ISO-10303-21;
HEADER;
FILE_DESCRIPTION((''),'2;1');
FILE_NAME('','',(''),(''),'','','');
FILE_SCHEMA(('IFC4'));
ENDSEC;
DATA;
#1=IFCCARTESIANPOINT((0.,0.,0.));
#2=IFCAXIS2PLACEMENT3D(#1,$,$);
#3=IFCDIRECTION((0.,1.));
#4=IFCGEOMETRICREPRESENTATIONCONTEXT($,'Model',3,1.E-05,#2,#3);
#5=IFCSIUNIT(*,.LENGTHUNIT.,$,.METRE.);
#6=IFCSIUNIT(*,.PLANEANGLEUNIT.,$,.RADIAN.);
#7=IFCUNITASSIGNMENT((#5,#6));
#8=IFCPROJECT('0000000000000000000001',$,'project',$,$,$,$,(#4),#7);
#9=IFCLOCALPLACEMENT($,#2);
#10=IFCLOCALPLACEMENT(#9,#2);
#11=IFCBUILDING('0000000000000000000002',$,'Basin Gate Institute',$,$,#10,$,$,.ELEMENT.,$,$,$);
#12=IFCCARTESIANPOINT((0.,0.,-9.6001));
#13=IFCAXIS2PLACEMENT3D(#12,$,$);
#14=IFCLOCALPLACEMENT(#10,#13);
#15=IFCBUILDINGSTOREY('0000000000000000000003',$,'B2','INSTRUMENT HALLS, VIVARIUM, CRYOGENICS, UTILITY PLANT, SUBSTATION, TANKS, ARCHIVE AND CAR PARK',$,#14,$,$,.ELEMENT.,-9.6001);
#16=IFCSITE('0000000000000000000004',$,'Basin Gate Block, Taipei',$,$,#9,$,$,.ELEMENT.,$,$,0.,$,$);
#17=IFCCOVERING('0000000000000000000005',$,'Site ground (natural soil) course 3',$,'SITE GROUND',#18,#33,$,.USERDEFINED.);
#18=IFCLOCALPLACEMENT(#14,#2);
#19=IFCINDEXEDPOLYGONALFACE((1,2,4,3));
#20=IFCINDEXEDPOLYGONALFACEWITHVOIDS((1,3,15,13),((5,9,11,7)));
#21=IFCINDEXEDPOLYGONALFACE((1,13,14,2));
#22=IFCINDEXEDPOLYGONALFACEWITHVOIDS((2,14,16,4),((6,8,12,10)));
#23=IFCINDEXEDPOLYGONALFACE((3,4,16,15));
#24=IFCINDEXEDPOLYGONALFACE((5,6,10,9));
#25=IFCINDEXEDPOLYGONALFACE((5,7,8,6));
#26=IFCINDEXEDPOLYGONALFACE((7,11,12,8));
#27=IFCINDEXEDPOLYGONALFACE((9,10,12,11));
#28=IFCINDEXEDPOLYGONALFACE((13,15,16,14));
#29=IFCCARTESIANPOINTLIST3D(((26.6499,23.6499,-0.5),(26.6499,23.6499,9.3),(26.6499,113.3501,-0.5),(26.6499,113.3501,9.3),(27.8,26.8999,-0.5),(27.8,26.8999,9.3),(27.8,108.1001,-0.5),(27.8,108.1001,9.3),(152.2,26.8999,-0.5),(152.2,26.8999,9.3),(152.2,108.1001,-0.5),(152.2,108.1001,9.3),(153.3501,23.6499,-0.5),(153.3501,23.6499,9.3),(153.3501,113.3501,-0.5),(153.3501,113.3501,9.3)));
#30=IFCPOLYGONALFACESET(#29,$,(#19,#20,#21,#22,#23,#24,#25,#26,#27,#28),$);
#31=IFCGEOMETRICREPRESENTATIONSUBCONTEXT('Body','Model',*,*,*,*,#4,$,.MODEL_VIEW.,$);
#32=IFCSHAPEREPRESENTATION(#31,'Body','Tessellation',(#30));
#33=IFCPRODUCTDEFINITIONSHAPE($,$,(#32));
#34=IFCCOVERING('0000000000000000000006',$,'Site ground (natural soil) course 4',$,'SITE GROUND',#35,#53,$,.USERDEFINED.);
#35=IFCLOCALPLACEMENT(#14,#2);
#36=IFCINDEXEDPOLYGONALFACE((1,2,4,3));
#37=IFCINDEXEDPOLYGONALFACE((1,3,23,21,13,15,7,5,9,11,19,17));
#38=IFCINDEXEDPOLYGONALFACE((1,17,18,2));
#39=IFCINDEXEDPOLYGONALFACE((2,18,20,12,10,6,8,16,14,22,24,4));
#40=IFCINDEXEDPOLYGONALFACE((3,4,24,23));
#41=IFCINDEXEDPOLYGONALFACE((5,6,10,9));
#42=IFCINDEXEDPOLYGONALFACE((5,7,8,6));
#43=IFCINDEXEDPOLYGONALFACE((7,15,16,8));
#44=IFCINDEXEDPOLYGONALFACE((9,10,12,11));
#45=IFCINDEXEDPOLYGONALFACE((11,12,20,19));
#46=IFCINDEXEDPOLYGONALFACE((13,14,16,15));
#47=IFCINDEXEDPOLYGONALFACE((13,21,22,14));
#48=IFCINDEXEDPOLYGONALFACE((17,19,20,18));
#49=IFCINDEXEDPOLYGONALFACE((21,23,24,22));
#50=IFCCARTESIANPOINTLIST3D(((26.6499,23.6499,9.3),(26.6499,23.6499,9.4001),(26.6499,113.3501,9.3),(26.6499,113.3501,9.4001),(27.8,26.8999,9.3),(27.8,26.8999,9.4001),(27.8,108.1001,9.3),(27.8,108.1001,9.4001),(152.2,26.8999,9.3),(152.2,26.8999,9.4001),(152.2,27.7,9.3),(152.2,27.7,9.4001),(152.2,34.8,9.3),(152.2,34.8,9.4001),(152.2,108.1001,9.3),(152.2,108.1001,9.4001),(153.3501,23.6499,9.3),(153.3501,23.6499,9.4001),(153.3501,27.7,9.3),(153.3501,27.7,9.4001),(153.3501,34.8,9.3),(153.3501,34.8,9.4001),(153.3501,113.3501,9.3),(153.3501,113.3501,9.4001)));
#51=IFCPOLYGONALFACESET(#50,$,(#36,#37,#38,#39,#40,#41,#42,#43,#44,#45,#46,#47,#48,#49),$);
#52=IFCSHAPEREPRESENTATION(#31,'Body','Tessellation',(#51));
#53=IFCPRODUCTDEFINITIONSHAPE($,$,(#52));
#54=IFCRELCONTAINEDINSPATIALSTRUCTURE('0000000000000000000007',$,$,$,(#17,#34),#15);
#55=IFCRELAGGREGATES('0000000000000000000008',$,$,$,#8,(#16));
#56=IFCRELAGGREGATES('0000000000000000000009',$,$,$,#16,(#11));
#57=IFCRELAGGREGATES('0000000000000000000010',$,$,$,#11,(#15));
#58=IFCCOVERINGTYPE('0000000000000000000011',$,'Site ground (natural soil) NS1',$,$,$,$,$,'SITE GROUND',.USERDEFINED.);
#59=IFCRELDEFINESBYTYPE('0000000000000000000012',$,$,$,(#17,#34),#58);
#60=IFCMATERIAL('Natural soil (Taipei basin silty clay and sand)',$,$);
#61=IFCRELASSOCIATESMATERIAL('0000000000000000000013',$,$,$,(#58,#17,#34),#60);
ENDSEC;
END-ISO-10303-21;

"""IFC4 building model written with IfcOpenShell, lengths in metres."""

from ifc_helpers import new_model, si_unit, direction, frame, origin, place, context, subcontext, project, spatial, polyline, outline, extrude, material, type_object, element, save


model = new_model("IFC4")

# Units and contexts
model_context = context("Model", 3, precision=1e-05, world=origin(), true_north=direction((0.0, 1.0)))
body_context = subcontext(model_context, "Body", "Model", "MODEL_VIEW")
ifc_project = project(units=[si_unit("LENGTHUNIT", "METRE"), si_unit("PLANEANGLEUNIT", "RADIAN")], contexts=[model_context])

# Site, building, storey
site_placement = place(None, origin())
site = spatial("IfcSite", under=ifc_project, at=site_placement, Name="Basin Gate Block, Taipei", CompositionType="ELEMENT", RefElevation=0.0)
building_placement = place(site_placement, origin())
building = spatial("IfcBuilding", under=site, at=building_placement, Name="Basin Gate Institute", CompositionType="ELEMENT")
storey_placement = place(building_placement, frame((0.0, 0.0, -9.6001)))
storey = spatial("IfcBuildingStorey", under=building, at=storey_placement, Name="B2", Description="INSTRUMENT HALLS, VIVARIUM, CRYOGENICS, UTILITY PLANT, SUBSTATION, TANKS, ARCHIVE AND CAR PARK", CompositionType="ELEMENT", Elevation=-9.6001)

# Coverings
ifc_material_1 = material(Name="Natural soil (Taipei basin silty clay and sand)")
covering_type_1 = type_object("IfcCoveringType", Name="Site ground (natural soil) NS1", ElementType="SITE GROUND", PredefinedType="USERDEFINED", material=ifc_material_1)
covering_1_placement = place(storey_placement, frame((0.0, 0.0, -0.5)))
element("IfcCovering", 1, at=covering_1_placement, inside=storey, type_object=covering_type_1, material=ifc_material_1, Name="Site ground (natural soil) course 3", ObjectType="SITE GROUND", PredefinedType="USERDEFINED", context=body_context, shape_type="SweptSolid", body=[
    extrude(outline(polyline([(26.6499, 23.6499), (26.6499, 113.3501), (153.3501, 113.3501), (153.3501, 23.6499), (26.6499, 23.6499)]), holes=[polyline([(152.2, 108.1001), (27.8, 108.1001), (27.8, 26.8999), (152.2, 26.8999), (152.2, 108.1001)])]), origin(), (0.0, 0.0, 1.0), 9.8),
])
covering_2_placement = place(storey_placement, frame((0.0, 0.0, 9.3)))
element("IfcCovering", 2, at=covering_2_placement, inside=storey, type_object=covering_type_1, material=ifc_material_1, Name="Site ground (natural soil) course 4", ObjectType="SITE GROUND", PredefinedType="USERDEFINED", context=body_context, shape_type="SweptSolid", body=[
    extrude(outline(polyline([(26.6499, 113.3501), (153.3501, 113.3501), (153.3501, 34.8), (152.2, 34.8), (152.2, 108.1001), (27.8, 108.1001), (27.8, 26.8999), (152.2, 26.8999), (152.2, 27.7), (153.3501, 27.7), (153.3501, 23.6499), (26.6499, 23.6499), (26.6499, 113.3501)])), origin(), (0.0, 0.0, 1.0), 0.1001),
])

save(model, "model.ifc")
